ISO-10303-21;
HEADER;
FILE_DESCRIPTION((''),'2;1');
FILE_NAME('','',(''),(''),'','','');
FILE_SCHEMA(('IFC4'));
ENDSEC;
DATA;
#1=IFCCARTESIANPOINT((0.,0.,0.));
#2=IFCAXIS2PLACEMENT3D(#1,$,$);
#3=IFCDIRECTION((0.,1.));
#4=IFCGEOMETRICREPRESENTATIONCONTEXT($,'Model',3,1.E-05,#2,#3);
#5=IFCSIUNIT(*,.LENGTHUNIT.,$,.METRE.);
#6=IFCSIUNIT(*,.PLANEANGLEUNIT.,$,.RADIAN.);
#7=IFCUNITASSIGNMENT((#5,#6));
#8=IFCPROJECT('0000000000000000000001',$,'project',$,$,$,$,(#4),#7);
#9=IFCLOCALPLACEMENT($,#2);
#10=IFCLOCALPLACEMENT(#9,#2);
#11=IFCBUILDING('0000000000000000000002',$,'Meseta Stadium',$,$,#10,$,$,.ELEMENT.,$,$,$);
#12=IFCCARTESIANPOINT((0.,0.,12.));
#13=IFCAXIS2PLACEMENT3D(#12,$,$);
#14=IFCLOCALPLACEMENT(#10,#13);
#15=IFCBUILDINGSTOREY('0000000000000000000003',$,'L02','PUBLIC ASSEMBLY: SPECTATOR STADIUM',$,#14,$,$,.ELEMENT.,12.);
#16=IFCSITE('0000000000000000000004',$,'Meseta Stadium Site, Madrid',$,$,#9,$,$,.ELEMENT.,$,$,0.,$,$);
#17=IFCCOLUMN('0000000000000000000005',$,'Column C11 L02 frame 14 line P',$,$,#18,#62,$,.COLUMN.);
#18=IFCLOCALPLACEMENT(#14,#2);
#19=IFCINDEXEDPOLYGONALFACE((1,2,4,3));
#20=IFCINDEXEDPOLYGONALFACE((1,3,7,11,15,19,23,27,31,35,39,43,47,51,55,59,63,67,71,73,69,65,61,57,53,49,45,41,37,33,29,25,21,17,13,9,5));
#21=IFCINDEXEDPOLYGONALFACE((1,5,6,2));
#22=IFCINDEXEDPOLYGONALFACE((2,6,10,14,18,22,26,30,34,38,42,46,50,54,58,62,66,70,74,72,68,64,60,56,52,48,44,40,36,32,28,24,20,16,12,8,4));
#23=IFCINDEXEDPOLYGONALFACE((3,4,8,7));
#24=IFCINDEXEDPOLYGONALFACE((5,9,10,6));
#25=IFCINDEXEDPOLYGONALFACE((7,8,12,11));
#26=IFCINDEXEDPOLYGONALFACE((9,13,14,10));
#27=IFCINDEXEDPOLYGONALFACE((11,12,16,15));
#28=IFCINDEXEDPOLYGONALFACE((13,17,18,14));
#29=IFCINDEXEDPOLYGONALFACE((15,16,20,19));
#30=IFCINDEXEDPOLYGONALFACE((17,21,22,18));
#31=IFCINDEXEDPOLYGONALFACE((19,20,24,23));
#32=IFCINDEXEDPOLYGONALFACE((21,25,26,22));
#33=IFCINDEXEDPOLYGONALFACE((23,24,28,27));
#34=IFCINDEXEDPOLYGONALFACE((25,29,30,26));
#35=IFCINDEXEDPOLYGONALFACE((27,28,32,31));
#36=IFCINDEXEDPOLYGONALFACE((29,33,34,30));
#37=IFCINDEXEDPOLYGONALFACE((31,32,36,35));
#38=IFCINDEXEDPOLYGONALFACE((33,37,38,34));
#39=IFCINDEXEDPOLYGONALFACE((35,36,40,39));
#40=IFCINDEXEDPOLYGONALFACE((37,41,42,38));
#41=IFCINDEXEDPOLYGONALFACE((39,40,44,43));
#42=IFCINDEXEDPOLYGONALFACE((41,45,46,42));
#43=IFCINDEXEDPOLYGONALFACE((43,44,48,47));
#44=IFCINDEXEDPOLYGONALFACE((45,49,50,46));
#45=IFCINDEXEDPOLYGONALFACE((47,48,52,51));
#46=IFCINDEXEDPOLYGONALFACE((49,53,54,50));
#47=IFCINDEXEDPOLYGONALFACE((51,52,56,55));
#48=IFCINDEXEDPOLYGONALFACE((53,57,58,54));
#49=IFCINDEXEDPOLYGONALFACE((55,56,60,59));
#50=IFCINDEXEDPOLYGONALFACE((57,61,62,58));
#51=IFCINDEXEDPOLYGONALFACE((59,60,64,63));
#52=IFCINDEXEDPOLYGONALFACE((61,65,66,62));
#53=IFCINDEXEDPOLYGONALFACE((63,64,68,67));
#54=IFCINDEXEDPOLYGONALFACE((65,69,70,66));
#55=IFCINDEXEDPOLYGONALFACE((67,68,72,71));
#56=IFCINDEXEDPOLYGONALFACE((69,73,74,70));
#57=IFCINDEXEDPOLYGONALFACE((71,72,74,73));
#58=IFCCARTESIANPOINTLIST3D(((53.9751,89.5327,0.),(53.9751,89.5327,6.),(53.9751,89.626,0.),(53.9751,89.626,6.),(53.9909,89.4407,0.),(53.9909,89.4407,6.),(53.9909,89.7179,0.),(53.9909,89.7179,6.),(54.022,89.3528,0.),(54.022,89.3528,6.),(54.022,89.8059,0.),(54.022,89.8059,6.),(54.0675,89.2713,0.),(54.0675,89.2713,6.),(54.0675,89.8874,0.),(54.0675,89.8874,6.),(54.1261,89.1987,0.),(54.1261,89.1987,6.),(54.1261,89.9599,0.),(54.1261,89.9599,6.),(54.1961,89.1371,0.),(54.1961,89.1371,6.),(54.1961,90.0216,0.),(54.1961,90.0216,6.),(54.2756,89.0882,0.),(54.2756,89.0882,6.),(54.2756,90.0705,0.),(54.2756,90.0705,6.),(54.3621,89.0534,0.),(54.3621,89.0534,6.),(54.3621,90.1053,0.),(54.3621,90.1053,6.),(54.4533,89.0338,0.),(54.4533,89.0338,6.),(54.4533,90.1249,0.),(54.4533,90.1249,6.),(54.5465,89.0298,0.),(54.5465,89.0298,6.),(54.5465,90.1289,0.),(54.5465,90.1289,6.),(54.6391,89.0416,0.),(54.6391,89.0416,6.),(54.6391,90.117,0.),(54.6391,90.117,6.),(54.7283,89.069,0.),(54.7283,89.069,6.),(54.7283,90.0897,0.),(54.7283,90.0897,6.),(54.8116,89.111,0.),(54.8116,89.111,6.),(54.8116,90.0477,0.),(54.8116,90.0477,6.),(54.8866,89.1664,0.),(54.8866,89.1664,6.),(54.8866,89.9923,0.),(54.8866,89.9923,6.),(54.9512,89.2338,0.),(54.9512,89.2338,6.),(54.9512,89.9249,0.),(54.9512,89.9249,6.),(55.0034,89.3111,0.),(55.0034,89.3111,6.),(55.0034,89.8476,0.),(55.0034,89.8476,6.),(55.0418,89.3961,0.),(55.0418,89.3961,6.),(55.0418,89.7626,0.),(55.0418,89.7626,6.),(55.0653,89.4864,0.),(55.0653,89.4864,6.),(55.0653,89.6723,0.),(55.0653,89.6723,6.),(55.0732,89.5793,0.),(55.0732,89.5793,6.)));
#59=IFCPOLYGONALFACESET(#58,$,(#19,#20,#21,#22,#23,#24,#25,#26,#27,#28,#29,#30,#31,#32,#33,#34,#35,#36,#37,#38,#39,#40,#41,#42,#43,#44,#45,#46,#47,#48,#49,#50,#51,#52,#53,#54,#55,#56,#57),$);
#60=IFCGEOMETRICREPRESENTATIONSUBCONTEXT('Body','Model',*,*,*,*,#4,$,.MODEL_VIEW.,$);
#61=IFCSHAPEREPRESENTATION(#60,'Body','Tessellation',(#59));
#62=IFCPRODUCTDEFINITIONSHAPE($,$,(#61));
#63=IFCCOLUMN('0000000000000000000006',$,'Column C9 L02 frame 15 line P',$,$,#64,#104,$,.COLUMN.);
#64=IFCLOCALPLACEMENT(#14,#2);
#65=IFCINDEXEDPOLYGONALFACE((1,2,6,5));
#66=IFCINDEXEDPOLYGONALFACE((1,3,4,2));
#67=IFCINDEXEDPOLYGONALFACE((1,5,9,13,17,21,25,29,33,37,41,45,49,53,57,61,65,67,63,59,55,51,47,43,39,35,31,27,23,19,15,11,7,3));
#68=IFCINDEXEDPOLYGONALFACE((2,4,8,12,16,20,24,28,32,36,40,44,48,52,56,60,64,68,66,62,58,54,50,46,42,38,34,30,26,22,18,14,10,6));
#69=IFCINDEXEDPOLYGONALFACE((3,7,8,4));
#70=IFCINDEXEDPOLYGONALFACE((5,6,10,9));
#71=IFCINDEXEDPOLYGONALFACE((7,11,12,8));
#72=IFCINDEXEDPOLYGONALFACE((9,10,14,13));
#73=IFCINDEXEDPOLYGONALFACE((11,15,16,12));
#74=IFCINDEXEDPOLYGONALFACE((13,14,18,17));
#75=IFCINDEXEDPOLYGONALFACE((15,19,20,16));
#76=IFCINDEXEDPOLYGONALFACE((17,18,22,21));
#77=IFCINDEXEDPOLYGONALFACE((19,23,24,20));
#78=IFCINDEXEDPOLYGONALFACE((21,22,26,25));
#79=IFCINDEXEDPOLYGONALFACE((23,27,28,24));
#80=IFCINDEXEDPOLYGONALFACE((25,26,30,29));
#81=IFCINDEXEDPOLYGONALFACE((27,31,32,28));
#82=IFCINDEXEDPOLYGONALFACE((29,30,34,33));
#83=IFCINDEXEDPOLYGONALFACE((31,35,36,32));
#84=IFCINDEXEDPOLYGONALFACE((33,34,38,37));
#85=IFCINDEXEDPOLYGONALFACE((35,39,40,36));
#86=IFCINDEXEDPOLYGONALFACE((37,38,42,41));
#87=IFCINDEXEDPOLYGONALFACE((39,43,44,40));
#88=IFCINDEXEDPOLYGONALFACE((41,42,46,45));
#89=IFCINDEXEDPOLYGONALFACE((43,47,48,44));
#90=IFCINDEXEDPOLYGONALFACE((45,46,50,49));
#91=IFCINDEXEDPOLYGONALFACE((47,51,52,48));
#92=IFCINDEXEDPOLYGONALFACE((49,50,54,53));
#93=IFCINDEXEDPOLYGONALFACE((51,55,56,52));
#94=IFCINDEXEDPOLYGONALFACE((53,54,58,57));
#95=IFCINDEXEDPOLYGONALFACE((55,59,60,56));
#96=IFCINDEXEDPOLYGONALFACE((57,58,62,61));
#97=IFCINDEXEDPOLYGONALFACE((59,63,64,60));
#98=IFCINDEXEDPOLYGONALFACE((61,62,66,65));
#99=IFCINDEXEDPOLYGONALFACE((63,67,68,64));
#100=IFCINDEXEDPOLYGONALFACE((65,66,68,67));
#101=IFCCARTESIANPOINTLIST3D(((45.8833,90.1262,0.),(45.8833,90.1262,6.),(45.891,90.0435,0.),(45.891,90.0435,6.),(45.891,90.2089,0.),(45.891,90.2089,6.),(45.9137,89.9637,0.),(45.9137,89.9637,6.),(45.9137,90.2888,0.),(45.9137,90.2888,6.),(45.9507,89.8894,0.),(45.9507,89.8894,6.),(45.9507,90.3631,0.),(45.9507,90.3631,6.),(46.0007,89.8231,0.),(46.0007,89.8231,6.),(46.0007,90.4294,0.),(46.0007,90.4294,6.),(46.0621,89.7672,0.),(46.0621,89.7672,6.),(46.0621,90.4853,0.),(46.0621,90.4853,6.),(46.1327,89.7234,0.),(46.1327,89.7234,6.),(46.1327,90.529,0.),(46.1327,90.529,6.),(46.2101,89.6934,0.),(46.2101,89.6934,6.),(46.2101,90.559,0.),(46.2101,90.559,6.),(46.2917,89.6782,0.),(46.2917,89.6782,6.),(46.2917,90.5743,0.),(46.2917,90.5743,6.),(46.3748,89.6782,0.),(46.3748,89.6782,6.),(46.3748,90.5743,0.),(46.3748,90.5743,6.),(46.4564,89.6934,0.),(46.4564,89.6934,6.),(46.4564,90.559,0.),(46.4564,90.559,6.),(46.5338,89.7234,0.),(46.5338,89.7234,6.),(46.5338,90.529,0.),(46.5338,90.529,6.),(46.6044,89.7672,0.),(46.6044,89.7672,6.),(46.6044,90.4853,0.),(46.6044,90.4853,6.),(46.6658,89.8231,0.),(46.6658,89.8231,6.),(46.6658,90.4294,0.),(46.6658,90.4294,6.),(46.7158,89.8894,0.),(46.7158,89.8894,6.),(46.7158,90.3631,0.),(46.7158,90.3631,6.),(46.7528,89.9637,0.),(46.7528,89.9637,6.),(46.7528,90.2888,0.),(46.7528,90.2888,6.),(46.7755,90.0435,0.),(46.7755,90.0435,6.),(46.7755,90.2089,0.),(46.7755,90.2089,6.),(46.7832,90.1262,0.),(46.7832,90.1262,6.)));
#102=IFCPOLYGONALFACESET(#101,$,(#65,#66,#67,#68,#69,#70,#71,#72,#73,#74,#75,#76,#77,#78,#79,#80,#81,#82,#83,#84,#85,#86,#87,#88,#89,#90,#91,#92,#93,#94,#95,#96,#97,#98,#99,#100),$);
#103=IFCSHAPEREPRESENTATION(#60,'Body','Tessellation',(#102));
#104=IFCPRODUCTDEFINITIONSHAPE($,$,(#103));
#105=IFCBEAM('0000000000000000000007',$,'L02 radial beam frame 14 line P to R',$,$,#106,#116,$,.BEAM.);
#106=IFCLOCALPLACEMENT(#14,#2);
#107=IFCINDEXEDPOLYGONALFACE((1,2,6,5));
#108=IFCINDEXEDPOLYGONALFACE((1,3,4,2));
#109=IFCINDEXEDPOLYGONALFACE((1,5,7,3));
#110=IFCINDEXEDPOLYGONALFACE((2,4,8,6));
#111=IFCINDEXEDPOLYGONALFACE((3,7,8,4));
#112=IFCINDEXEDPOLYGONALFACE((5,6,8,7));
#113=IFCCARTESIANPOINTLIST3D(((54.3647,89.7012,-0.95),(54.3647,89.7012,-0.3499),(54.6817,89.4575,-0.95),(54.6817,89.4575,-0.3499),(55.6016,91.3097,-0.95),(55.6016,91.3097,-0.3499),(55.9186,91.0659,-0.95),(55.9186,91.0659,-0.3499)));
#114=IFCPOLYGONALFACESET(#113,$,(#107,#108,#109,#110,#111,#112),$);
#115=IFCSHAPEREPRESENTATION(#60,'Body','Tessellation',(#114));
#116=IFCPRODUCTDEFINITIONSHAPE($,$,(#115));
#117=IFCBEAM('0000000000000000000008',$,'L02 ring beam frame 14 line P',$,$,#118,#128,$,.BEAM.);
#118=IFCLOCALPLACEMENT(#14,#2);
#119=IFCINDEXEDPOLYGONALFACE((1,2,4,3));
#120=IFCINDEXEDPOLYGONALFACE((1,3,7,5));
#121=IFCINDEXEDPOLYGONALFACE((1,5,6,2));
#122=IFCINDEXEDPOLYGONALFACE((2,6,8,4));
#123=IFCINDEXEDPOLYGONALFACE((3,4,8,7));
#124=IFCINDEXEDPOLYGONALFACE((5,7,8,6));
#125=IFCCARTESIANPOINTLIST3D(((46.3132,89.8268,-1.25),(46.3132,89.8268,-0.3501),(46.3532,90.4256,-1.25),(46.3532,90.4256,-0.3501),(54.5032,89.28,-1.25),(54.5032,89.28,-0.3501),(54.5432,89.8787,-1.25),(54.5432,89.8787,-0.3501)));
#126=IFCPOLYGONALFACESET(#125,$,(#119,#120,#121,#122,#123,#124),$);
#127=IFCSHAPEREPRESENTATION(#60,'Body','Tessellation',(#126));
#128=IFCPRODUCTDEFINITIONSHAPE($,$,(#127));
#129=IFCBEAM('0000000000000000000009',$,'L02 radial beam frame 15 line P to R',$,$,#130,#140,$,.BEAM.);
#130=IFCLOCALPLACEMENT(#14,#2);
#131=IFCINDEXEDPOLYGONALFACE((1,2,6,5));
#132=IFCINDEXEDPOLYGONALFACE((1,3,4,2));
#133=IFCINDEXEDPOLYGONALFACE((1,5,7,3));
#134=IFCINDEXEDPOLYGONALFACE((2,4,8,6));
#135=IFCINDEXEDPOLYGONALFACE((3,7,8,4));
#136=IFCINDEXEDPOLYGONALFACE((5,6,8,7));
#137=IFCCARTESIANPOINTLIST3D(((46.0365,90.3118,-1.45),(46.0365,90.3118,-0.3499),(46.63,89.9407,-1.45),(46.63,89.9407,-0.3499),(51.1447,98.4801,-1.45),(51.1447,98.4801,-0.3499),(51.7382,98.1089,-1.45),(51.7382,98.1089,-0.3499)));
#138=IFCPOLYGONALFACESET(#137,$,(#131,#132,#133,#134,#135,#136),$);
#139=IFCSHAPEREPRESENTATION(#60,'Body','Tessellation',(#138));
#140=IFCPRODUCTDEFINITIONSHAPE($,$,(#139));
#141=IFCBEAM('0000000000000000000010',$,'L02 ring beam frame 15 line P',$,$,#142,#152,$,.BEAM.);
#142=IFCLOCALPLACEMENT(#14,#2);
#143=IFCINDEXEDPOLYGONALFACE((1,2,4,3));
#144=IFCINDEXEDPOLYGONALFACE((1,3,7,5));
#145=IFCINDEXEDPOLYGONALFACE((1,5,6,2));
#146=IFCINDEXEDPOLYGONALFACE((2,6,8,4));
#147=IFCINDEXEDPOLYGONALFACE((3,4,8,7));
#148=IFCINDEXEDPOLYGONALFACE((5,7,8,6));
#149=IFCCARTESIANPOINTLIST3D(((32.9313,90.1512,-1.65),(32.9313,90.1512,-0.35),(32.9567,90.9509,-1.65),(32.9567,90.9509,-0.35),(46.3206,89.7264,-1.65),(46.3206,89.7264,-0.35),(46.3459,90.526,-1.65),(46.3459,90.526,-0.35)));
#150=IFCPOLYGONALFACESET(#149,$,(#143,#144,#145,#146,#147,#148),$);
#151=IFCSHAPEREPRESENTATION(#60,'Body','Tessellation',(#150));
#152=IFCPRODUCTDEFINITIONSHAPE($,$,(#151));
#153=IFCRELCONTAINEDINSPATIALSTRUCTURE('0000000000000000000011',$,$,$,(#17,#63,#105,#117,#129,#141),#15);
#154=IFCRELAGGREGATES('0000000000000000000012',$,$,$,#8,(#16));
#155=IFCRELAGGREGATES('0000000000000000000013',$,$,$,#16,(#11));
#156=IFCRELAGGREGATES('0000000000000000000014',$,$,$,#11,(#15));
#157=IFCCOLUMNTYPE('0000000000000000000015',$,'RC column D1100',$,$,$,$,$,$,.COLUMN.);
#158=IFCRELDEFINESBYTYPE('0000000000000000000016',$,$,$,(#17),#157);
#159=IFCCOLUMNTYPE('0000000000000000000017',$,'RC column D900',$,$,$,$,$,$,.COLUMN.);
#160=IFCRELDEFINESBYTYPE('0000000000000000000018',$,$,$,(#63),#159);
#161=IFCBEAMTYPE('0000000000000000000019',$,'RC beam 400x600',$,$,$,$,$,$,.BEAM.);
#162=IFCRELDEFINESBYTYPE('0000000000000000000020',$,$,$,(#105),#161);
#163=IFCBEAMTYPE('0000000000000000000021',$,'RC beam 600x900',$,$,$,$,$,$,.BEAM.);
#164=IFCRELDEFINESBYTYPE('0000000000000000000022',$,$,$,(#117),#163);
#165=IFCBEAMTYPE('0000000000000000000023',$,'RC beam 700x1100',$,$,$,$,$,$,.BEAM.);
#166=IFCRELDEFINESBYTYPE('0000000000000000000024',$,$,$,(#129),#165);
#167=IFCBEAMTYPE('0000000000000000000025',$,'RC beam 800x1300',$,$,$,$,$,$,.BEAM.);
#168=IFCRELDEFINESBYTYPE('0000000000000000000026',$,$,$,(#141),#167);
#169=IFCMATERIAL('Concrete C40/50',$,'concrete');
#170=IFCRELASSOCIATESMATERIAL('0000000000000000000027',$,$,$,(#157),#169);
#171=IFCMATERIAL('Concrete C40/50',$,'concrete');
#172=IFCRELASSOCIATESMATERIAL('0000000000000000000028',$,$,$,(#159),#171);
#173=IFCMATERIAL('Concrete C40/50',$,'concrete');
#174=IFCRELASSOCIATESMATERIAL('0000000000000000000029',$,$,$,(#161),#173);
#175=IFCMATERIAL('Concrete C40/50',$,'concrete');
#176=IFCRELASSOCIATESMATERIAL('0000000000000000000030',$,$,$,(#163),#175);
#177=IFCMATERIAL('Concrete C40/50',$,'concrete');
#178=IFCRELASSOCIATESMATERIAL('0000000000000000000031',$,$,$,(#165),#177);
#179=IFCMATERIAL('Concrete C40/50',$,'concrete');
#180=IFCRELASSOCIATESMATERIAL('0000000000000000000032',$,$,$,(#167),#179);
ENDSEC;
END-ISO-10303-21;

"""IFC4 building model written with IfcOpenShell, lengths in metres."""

from ifc_helpers import new_model, si_unit, direction, frame, origin, origin_2d, place, context, subcontext, project, spatial, rectangle, circle, extrude, material, material_profile, profile_set, type_object, element, save


model = new_model("IFC4")

# Units and contexts
model_context = context("Model", 3, precision=1e-05, world=origin(), true_north=direction((0.0, 1.0)))
body_context = subcontext(model_context, "Body", "Model", "MODEL_VIEW")
ifc_project = project(units=[si_unit("LENGTHUNIT", "METRE"), si_unit("PLANEANGLEUNIT", "RADIAN")], contexts=[model_context])

# Site, building, storey
site_placement = place(None, origin())
site = spatial("IfcSite", under=ifc_project, at=site_placement, Name="Meseta Stadium Site, Madrid", CompositionType="ELEMENT", RefElevation=0.0)
building_placement = place(site_placement, origin())
building = spatial("IfcBuilding", under=site, at=building_placement, Name="Meseta Stadium", CompositionType="ELEMENT")
storey_placement = place(building_placement, frame((0.0, 0.0, 12.0)))
storey = spatial("IfcBuildingStorey", under=building, at=storey_placement, Name="L02", Description="PUBLIC ASSEMBLY: SPECTATOR STADIUM", CompositionType="ELEMENT", Elevation=12.0)

# Columns
ifc_material_1 = material(Name="Concrete C40/50", Category="concrete")
ifc_material_profile_1 = material_profile(ifc_material_1, circle(Radius=0.55, at=origin_2d()), Name="RC D1100")
ifc_profile_set_1 = profile_set([ifc_material_profile_1], Name="Concrete C40/50")
column_type_1 = type_object("IfcColumnType", Name="RC column D1100", PredefinedType="COLUMN", material=ifc_profile_set_1)
column_1_placement = place(storey_placement, frame((54.5232, 89.5793, 0.0), z_axis=(0.0, 0.0, 1.0), x_axis=(1.0, 0.0, 0.0)))
element("IfcColumn", 1, at=column_1_placement, inside=storey, type_object=column_type_1, Name="Column C11 L02 frame 14 line P", PredefinedType="COLUMN", context=body_context, shape_type="SweptSolid", body=[
    extrude(circle(Radius=0.55, at=origin_2d()), origin(), (0.0, 0.0, 1.0), 6.0),
])
ifc_material_2 = material(Name="Concrete C40/50", Category="concrete")
ifc_material_profile_2 = material_profile(ifc_material_2, circle(Radius=0.45, at=origin_2d()), Name="RC D900")
ifc_profile_set_2 = profile_set([ifc_material_profile_2], Name="Concrete C40/50")
column_type_2 = type_object("IfcColumnType", Name="RC column D900", PredefinedType="COLUMN", material=ifc_profile_set_2)
column_2_placement = place(storey_placement, frame((46.3333, 90.1262, 0.0), z_axis=(0.0, 0.0, 1.0), x_axis=(1.0, 0.0, 0.0)))
element("IfcColumn", 2, at=column_2_placement, inside=storey, type_object=column_type_2, Name="Column C9 L02 frame 15 line P", PredefinedType="COLUMN", context=body_context, shape_type="SweptSolid", body=[
    extrude(circle(Radius=0.45, at=origin_2d()), origin(), (0.0, 0.0, 1.0), 6.0),
])

# Beams
ifc_material_3 = material(Name="Concrete C40/50", Category="concrete")
ifc_material_profile_3 = material_profile(ifc_material_3, rectangle(XDim=0.3999, YDim=0.6001, at=origin_2d()), Name="RC 400x600")
ifc_profile_set_3 = profile_set([ifc_material_profile_3], Name="Concrete C40/50")
beam_type_1 = type_object("IfcBeamType", Name="RC beam 400x600", PredefinedType="BEAM", material=ifc_profile_set_3)
beam_1_placement = place(storey_placement, frame((54.5232, 89.5793, -0.6499), z_axis=(0.609583, 0.792722, 0.0), x_axis=(-0.792722, 0.609583, 0.0)))
element("IfcBeam", 3, at=beam_1_placement, inside=storey, type_object=beam_type_1, Name="L02 radial beam frame 14 line P to R", PredefinedType="BEAM", context=body_context, shape_type="SweptSolid", body=[
    extrude(rectangle(XDim=0.3999, YDim=0.6001, at=origin_2d()), origin(), (0.0, 0.0, 1.0), 2.0291),
])
ifc_material_4 = material(Name="Concrete C40/50", Category="concrete")
ifc_material_profile_4 = material_profile(ifc_material_4, rectangle(XDim=0.6001, YDim=0.8999, at=origin_2d()), Name="RC 600x900")
ifc_profile_set_4 = profile_set([ifc_material_profile_4], Name="Concrete C40/50")
beam_type_2 = type_object("IfcBeamType", Name="RC beam 600x900", PredefinedType="BEAM", material=ifc_profile_set_4)
beam_2_placement = place(storey_placement, frame((54.5232, 89.5793, -0.8), z_axis=(-0.997778, 0.066626, 0.0), x_axis=(-0.066626, -0.997778, 0.0)))
element("IfcBeam", 4, at=beam_2_placement, inside=storey, type_object=beam_type_2, Name="L02 ring beam frame 14 line P", PredefinedType="BEAM", context=body_context, shape_type="SweptSolid", body=[
    extrude(rectangle(XDim=0.6001, YDim=0.8999, at=origin_2d()), origin(), (0.0, 0.0, 1.0), 8.2083),
])
ifc_material_5 = material(Name="Concrete C40/50", Category="concrete")
ifc_material_profile_5 = material_profile(ifc_material_5, rectangle(XDim=0.7, YDim=1.1001, at=origin_2d()), Name="RC 700x1100")
ifc_profile_set_5 = profile_set([ifc_material_profile_5], Name="Concrete C40/50")
beam_type_3 = type_object("IfcBeamType", Name="RC beam 700x1100", PredefinedType="BEAM", material=ifc_profile_set_5)
beam_3_placement = place(storey_placement, frame((46.3333, 90.1262, -0.8999), z_axis=(0.530224, 0.847857, 0.0), x_axis=(-0.847857, 0.530224, 0.0)))
element("IfcBeam", 5, at=beam_3_placement, inside=storey, type_object=beam_type_3, Name="L02 radial beam frame 15 line P to R", PredefinedType="BEAM", context=body_context, shape_type="SweptSolid", body=[
    extrude(rectangle(XDim=0.7, YDim=1.1001, at=origin_2d()), origin(), (0.0, 0.0, 1.0), 9.634),
])
ifc_material_6 = material(Name="Concrete C40/50", Category="concrete")
ifc_material_profile_6 = material_profile(ifc_material_6, rectangle(XDim=0.8, YDim=1.3, at=origin_2d()), Name="RC 800x1300")
ifc_profile_set_6 = profile_set([ifc_material_profile_6], Name="Concrete C40/50")
beam_type_4 = type_object("IfcBeamType", Name="RC beam 800x1300", PredefinedType="BEAM", material=ifc_profile_set_6)
beam_4_placement = place(storey_placement, frame((46.3333, 90.1262, -1.0), z_axis=(-0.999497, 0.031712, 0.0), x_axis=(-0.031712, -0.999497, 0.0)))
element("IfcBeam", 6, at=beam_4_placement, inside=storey, type_object=beam_type_4, Name="L02 ring beam frame 15 line P", PredefinedType="BEAM", context=body_context, shape_type="SweptSolid", body=[
    extrude(rectangle(XDim=0.8, YDim=1.3, at=origin_2d()), origin(), (0.0, 0.0, 1.0), 13.396),
])

save(model, "model.ifc")
